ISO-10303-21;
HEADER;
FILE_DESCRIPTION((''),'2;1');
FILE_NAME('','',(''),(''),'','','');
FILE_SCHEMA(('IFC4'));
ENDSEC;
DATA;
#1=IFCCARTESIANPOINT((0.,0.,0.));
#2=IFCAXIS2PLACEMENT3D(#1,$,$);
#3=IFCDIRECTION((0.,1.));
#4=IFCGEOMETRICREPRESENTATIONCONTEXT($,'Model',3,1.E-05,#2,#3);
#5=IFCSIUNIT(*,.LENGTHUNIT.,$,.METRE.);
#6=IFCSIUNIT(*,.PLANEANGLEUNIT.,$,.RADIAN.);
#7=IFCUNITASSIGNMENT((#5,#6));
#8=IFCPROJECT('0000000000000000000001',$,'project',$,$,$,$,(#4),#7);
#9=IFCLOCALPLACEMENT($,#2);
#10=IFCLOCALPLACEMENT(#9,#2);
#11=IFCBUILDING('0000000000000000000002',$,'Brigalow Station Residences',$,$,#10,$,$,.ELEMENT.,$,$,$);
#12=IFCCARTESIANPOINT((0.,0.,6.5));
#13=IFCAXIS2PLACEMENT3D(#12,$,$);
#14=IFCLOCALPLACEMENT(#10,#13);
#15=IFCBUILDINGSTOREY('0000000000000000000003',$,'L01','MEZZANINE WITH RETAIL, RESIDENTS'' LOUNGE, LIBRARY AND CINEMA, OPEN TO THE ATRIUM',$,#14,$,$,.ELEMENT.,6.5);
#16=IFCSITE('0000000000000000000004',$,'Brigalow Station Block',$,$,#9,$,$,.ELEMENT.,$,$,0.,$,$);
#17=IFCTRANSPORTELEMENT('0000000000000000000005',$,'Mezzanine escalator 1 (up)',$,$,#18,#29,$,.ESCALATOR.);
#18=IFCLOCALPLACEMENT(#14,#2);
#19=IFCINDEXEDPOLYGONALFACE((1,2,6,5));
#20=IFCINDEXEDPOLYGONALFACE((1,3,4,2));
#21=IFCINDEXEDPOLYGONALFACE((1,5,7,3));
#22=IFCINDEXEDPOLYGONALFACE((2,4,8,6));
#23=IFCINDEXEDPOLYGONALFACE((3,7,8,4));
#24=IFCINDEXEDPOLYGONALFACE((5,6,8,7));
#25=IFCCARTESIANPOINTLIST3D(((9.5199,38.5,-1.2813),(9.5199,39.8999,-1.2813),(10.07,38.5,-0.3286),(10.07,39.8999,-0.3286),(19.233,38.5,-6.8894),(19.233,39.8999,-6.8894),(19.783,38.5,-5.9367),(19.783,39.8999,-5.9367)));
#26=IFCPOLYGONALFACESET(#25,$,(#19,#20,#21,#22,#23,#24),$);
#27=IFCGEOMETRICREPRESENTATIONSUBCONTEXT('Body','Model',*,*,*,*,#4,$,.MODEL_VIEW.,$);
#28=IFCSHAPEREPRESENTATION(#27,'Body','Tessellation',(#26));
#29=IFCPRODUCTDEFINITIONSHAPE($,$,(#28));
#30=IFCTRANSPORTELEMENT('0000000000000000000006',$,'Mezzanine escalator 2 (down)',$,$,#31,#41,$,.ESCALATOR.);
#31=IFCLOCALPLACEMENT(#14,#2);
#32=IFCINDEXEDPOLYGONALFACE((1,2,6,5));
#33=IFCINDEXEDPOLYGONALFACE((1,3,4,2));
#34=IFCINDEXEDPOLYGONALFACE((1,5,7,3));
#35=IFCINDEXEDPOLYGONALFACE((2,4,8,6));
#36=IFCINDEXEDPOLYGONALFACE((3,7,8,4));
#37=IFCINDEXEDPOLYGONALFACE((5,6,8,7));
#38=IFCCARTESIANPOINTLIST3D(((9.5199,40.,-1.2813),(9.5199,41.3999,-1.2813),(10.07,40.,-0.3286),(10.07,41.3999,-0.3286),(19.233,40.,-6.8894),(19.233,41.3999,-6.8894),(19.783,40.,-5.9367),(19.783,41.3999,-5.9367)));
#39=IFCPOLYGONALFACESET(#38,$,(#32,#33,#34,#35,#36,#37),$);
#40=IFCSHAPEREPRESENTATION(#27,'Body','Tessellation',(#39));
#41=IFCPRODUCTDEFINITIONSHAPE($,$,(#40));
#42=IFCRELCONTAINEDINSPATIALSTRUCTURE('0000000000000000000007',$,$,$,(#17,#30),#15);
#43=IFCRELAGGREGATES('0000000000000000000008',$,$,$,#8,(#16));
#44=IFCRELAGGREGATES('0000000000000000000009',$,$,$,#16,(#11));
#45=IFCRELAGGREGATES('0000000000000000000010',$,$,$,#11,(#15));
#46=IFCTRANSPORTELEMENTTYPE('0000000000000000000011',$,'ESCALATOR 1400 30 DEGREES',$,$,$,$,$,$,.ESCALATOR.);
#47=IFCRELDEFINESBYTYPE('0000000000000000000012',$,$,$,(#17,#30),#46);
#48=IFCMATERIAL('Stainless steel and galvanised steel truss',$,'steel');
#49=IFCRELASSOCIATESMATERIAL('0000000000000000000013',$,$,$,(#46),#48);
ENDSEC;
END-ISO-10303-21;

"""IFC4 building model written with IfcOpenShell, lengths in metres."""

from ifc_helpers import new_model, si_unit, direction, frame, origin, origin_2d, place, context, subcontext, project, spatial, rectangle, extrude, material, material_profile, profile_set, type_object, element, save


model = new_model("IFC4")

# Units and contexts
model_context = context("Model", 3, precision=1e-05, world=origin(), true_north=direction((0.0, 1.0)))
body_context = subcontext(model_context, "Body", "Model", "MODEL_VIEW")
ifc_project = project(units=[si_unit("LENGTHUNIT", "METRE"), si_unit("PLANEANGLEUNIT", "RADIAN")], contexts=[model_context])

# Site, building, storey
site_placement = place(None, origin())
site = spatial("IfcSite", under=ifc_project, at=site_placement, Name="Brigalow Station Block", CompositionType="ELEMENT", RefElevation=0.0)
building_placement = place(site_placement, origin())
building = spatial("IfcBuilding", under=site, at=building_placement, Name="Brigalow Station Residences", CompositionType="ELEMENT")
storey_placement = place(building_placement, frame((0.0, 0.0, 6.5)))
storey = spatial("IfcBuildingStorey", under=building, at=storey_placement, Name="L01", Description="MEZZANINE WITH RETAIL, RESIDENTS' LOUNGE, LIBRARY AND CINEMA, OPEN TO THE ATRIUM", CompositionType="ELEMENT", Elevation=6.5)

# Transport elements
ifc_material_1 = material(Name="Stainless steel and galvanised steel truss", Category="steel")
ifc_material_profile_1 = material_profile(ifc_material_1, rectangle(XDim=1.3999, YDim=1.1001, at=origin_2d()), Name="ESC1400x1100")
ifc_profile_set_1 = profile_set([ifc_material_profile_1], Name="Stainless steel and galvanised steel truss")
transport_element_type = type_object("IfcTransportElementType", Name="ESCALATOR 1400 30 DEGREES", PredefinedType="ESCALATOR", material=ifc_profile_set_1)
for number, where, z_axis, x_axis, name in (
    (1, (9.7949, 39.2, -0.8049), (0.866015, 0.0, -0.500018), (0.0, 1.0, 0.0), "Mezzanine escalator 1 (up)"),
    (2, (9.7949, 40.7, -0.8049), (0.866015, 0.0, -0.500018), (0.0, 1.0, 0.0), "Mezzanine escalator 2 (down)"),
):
    element("IfcTransportElement", number, at=place(storey_placement, frame(where, z_axis=z_axis, x_axis=x_axis)), inside=storey, type_object=transport_element_type, Name=name, PredefinedType="ESCALATOR", context=body_context, shape_type="SweptSolid", body=[
        extrude(rectangle(XDim=1.3999, YDim=1.1001, at=origin_2d()), origin(), (0.0, 0.0, 1.0), 11.2158),
    ])

save(model, "model.ifc")
